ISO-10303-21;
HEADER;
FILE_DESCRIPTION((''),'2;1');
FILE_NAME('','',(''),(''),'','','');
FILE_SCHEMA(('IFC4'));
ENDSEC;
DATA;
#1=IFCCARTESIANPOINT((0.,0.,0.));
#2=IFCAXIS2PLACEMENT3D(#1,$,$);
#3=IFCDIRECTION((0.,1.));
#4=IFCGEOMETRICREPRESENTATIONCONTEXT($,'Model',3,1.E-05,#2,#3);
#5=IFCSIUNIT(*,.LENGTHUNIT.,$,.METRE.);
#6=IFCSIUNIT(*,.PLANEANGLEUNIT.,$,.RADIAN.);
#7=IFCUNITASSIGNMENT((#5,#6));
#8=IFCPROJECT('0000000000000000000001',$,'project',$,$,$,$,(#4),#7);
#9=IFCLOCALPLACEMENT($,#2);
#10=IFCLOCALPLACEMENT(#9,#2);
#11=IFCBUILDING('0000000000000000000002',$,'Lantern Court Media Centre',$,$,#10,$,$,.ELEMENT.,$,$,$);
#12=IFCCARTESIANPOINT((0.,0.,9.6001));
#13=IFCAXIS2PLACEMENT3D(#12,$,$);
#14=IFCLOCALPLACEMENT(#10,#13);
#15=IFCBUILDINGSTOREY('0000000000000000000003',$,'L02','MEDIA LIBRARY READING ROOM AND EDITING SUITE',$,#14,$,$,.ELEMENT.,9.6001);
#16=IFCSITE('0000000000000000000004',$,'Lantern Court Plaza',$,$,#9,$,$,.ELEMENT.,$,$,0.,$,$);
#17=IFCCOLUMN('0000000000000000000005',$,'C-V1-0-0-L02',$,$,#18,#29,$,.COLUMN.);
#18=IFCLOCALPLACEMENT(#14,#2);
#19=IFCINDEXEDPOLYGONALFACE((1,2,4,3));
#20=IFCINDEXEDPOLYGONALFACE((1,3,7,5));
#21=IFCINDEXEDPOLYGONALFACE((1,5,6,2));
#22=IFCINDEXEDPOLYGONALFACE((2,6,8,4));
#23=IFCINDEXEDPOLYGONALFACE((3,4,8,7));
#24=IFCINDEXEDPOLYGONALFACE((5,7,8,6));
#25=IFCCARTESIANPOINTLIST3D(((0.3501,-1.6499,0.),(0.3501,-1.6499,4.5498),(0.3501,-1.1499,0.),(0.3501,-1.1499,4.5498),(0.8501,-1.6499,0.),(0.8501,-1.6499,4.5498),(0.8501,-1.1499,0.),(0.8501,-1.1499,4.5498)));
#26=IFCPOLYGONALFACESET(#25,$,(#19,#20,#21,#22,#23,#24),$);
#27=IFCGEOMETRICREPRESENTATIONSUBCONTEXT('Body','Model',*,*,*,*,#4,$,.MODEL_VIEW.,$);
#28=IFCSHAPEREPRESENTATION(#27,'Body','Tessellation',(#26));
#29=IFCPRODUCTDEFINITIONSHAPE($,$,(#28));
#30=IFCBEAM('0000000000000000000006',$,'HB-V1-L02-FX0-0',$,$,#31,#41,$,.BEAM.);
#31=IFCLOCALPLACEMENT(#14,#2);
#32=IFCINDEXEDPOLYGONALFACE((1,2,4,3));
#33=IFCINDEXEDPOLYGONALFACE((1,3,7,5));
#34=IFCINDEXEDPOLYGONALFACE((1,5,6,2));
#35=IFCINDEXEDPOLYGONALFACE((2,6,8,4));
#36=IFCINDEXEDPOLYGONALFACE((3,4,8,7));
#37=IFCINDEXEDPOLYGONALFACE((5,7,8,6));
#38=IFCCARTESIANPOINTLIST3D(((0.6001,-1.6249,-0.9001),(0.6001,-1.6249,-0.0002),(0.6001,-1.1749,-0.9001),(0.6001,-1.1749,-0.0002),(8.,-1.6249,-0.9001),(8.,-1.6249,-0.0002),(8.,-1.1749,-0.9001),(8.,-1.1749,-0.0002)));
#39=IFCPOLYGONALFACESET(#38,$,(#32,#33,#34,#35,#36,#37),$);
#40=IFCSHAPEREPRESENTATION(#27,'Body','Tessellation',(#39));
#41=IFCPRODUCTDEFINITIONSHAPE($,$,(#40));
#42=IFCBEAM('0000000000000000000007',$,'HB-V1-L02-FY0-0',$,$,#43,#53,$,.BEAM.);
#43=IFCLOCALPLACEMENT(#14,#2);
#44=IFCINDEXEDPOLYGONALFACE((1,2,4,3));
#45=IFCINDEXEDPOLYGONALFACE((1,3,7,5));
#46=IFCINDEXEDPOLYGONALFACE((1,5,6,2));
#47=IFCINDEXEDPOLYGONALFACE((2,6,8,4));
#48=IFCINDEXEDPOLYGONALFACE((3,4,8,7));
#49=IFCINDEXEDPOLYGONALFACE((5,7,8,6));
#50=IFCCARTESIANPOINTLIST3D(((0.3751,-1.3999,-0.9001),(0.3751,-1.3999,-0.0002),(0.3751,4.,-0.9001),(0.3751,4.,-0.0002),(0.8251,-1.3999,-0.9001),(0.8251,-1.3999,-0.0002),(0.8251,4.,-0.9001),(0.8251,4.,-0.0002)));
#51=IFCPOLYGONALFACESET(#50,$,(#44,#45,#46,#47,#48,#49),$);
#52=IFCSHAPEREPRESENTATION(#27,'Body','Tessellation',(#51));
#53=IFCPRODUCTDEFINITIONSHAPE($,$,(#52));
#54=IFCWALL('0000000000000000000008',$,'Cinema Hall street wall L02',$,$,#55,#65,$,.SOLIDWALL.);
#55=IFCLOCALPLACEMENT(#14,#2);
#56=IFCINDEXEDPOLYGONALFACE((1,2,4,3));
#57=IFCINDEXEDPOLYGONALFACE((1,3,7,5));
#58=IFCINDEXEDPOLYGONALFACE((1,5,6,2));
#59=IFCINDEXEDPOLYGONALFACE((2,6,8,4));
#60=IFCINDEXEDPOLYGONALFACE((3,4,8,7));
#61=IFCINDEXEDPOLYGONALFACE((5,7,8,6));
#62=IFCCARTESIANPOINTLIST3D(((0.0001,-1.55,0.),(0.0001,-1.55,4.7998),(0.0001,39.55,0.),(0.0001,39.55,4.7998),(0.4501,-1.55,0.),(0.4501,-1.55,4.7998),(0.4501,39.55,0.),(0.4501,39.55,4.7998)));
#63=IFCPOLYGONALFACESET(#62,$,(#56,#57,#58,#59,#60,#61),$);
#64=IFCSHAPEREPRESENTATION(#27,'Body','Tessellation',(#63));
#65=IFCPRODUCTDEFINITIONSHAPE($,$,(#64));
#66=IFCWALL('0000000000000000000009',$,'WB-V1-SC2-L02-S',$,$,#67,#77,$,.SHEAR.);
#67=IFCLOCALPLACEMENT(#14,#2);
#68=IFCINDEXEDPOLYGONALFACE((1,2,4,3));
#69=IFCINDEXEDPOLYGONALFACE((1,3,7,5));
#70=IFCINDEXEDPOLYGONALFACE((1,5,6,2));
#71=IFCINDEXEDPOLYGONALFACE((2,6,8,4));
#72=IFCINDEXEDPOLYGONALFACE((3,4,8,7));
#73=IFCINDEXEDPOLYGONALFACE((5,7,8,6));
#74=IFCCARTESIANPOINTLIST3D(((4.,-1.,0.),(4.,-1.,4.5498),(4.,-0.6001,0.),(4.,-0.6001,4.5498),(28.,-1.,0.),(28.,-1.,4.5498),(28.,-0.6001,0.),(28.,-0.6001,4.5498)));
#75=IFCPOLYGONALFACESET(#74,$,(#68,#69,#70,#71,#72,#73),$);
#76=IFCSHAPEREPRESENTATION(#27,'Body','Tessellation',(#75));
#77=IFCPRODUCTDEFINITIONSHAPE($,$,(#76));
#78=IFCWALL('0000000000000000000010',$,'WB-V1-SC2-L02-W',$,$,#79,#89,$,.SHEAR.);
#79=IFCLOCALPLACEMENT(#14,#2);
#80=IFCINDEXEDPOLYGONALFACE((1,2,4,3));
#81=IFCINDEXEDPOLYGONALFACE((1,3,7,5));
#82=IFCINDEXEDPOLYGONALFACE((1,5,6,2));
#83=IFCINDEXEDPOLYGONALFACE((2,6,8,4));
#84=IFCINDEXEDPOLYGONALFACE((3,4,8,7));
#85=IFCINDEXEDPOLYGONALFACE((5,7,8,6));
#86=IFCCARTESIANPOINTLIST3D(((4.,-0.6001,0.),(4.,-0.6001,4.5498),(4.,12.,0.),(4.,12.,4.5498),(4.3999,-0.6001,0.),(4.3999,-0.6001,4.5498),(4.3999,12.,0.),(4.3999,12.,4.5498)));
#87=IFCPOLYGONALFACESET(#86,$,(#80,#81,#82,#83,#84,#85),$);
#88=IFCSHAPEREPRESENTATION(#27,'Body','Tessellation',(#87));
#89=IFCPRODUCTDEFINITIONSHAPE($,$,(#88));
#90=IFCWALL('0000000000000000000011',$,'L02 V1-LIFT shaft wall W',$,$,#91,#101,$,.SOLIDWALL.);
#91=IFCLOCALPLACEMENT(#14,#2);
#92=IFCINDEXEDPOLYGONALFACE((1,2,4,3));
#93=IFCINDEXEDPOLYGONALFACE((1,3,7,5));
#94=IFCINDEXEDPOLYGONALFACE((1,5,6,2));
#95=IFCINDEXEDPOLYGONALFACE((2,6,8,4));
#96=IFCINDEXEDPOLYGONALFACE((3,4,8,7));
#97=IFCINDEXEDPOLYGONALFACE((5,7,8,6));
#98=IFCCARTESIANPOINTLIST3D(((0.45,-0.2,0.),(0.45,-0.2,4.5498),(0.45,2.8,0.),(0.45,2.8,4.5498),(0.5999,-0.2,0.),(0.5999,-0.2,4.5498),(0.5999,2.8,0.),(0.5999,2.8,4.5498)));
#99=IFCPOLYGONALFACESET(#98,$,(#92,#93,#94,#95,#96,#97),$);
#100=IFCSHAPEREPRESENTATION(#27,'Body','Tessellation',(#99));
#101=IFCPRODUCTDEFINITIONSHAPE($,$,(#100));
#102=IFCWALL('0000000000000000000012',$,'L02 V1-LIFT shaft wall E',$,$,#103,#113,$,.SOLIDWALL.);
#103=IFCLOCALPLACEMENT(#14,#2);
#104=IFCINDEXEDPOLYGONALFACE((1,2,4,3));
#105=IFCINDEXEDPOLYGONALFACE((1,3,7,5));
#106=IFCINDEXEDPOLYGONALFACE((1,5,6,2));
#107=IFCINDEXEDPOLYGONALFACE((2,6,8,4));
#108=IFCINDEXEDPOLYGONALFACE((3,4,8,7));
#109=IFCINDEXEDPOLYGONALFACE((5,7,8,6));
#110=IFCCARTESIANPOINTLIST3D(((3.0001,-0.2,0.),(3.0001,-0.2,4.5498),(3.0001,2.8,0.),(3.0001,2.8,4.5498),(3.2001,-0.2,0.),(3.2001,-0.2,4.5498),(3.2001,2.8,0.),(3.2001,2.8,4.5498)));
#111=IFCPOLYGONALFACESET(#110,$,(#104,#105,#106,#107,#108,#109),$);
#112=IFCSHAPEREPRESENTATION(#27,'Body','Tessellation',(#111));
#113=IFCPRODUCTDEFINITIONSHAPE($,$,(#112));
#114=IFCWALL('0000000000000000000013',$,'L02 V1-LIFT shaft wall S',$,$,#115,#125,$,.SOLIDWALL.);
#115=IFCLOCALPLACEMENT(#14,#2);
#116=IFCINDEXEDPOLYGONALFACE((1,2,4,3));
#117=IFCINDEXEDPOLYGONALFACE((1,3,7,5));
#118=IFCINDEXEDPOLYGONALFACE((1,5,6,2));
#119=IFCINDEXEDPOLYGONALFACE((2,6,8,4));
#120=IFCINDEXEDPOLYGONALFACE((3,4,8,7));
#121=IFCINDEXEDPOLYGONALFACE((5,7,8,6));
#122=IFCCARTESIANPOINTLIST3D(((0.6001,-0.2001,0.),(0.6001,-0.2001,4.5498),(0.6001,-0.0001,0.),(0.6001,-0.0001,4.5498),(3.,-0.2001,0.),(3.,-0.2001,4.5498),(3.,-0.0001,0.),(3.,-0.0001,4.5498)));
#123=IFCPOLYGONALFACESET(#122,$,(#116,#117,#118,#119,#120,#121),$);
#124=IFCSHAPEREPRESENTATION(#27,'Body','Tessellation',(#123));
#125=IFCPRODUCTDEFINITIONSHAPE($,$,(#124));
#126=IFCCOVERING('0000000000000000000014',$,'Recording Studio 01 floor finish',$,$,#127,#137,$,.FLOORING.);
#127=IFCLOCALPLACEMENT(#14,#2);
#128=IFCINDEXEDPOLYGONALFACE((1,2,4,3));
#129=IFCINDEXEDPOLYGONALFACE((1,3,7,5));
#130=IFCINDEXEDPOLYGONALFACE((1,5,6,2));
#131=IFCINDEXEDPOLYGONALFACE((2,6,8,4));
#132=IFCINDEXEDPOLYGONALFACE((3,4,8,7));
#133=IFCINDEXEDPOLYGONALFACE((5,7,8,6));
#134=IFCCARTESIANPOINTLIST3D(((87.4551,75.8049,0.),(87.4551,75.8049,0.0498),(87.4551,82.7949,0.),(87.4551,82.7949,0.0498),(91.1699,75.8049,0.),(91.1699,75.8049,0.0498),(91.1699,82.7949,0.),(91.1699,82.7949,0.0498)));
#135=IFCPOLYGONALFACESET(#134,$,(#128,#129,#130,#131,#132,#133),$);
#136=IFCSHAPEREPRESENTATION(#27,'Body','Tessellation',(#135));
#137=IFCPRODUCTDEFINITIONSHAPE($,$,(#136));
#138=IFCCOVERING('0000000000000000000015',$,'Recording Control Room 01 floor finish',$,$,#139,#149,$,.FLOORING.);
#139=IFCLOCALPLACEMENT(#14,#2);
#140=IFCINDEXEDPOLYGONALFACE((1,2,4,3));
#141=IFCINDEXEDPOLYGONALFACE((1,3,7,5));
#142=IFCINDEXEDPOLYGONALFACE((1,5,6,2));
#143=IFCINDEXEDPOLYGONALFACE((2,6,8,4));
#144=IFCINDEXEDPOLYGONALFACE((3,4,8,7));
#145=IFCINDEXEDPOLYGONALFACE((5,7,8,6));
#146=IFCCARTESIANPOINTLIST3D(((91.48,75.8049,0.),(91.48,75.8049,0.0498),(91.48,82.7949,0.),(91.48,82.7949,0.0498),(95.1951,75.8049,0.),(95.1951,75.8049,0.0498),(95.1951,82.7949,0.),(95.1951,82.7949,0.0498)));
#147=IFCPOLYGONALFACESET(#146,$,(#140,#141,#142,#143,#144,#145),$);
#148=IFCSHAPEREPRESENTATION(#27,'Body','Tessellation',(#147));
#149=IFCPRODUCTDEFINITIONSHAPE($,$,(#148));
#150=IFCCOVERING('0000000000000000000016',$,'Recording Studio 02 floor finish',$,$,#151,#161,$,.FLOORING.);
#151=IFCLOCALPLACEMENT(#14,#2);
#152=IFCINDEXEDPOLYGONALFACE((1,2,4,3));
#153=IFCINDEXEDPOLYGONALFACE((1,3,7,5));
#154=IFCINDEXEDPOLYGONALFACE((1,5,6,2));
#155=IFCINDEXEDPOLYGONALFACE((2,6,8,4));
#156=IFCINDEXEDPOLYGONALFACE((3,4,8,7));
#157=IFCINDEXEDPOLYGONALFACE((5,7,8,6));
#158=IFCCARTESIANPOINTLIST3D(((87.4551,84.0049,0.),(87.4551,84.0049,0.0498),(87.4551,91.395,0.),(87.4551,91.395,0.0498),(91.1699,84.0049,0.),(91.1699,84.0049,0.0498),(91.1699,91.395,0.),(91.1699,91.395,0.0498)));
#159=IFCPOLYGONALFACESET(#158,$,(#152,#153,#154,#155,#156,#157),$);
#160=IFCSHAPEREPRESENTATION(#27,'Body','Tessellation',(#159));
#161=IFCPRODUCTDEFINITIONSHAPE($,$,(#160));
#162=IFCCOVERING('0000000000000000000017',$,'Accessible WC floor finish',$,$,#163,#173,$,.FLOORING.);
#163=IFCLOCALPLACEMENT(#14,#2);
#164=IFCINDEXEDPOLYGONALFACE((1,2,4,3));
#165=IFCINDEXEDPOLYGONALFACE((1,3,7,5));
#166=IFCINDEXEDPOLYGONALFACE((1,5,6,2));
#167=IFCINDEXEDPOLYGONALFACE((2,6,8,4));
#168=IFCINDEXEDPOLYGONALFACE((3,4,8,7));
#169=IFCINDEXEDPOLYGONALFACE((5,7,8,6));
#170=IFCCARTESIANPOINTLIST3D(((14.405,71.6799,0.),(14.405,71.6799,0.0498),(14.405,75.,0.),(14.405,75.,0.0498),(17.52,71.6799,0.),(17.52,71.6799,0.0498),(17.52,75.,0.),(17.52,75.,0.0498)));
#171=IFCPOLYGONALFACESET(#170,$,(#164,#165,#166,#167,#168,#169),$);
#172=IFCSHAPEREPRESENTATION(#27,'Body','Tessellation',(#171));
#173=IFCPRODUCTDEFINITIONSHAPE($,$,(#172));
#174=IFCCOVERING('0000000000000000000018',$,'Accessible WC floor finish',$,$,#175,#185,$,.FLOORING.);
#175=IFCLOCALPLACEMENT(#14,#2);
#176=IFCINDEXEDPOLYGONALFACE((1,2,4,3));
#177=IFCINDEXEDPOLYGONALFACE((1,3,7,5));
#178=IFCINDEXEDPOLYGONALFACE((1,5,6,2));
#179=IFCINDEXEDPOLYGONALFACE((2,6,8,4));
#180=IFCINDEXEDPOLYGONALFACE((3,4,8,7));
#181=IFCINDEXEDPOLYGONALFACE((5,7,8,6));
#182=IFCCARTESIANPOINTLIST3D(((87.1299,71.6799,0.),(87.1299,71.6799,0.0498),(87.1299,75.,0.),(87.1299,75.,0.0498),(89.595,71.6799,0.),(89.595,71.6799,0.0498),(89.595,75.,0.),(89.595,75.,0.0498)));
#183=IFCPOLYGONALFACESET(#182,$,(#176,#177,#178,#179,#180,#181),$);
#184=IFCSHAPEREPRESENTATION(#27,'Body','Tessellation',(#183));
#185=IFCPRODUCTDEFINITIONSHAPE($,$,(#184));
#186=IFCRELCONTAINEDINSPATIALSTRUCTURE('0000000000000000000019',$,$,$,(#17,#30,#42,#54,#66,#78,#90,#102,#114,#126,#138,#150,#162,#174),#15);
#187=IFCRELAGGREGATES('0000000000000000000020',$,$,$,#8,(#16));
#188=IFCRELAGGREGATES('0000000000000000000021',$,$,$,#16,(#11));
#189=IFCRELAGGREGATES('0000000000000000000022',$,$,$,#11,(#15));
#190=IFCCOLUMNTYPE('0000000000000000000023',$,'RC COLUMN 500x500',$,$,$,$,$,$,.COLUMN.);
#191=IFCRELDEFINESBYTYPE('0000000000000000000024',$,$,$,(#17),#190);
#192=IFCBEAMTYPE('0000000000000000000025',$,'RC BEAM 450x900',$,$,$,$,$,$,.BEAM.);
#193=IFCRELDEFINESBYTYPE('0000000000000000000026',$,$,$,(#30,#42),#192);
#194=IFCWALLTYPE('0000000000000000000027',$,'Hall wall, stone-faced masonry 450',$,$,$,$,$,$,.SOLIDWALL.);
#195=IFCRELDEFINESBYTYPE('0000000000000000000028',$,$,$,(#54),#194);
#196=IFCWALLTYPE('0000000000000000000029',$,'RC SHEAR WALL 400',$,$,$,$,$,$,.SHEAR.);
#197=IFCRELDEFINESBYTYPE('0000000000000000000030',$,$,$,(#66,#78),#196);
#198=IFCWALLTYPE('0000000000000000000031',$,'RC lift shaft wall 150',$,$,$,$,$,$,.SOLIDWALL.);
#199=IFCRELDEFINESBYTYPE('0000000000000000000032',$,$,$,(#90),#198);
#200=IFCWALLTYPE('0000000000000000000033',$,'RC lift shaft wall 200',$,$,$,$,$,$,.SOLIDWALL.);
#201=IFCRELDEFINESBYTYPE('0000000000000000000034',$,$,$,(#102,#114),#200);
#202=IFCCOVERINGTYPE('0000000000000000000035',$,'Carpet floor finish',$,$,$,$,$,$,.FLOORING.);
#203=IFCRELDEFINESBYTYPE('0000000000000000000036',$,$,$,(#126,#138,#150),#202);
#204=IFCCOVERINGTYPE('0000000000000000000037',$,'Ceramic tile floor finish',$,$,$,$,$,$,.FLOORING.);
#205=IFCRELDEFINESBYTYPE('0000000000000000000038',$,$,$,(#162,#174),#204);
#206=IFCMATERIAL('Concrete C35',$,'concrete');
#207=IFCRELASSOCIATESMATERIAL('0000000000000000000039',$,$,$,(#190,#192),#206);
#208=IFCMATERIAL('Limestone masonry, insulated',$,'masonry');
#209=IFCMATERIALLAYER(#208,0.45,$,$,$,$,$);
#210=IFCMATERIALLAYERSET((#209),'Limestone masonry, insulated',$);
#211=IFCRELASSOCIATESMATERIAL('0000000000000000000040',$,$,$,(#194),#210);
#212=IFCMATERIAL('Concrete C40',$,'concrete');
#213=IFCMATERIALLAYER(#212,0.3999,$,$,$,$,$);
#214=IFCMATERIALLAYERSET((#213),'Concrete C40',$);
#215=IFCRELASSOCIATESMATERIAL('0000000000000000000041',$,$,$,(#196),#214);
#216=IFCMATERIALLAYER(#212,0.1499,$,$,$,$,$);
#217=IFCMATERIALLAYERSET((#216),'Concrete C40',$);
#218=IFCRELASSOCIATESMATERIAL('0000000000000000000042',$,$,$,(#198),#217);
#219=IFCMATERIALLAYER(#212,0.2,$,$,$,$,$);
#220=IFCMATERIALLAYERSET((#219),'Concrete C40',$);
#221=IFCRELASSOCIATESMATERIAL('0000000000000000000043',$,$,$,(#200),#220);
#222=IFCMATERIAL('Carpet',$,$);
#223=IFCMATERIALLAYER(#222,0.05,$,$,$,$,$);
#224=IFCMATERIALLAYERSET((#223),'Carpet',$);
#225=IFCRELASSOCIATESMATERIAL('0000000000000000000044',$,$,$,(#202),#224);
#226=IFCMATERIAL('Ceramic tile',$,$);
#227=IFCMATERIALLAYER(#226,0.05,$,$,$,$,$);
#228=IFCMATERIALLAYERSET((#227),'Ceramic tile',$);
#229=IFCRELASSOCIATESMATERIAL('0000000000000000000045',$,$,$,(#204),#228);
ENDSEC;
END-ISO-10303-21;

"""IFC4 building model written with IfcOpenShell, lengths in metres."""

from ifc_helpers import new_model, si_unit, direction, frame, frame_2d, origin, origin_2d, place, context, subcontext, project, spatial, polyline, rectangle, outline, extrude, material, layer, layer_set, material_profile, profile_set, type_object, element, save


model = new_model("IFC4")

# Units and contexts
model_context = context("Model", 3, precision=1e-05, world=origin(), true_north=direction((0.0, 1.0)))
body_context = subcontext(model_context, "Body", "Model", "MODEL_VIEW")
ifc_project = project(units=[si_unit("LENGTHUNIT", "METRE"), si_unit("PLANEANGLEUNIT", "RADIAN")], contexts=[model_context])

# Site, building, storey
site_placement = place(None, origin())
site = spatial("IfcSite", under=ifc_project, at=site_placement, Name="Lantern Court Plaza", CompositionType="ELEMENT", RefElevation=0.0)
building_placement = place(site_placement, origin())
building = spatial("IfcBuilding", under=site, at=building_placement, Name="Lantern Court Media Centre", CompositionType="ELEMENT")
storey_placement = place(building_placement, frame((0.0, 0.0, 9.6001)))
storey = spatial("IfcBuildingStorey", under=building, at=storey_placement, Name="L02", Description="MEDIA LIBRARY READING ROOM AND EDITING SUITE", CompositionType="ELEMENT", Elevation=9.6001)

# Column
ifc_material_1 = material(Name="Concrete C35", Category="concrete")
ifc_material_profile_1 = material_profile(ifc_material_1, rectangle(XDim=0.5, YDim=0.5, at=origin_2d()), Name="RC 500x500")
ifc_profile_set_1 = profile_set([ifc_material_profile_1], Name="Concrete C35")
column_type = type_object("IfcColumnType", Name="RC COLUMN 500x500", PredefinedType="COLUMN", material=ifc_profile_set_1)
column_placement = place(storey_placement, frame((0.6001, -1.3999, 0.0), z_axis=(0.0, 0.0, 1.0), x_axis=(1.0, 0.0, 0.0)))
element("IfcColumn", 1, at=column_placement, inside=storey, type_object=column_type, Name="C-V1-0-0-L02", PredefinedType="COLUMN", context=body_context, shape_type="SweptSolid", body=[
    extrude(rectangle(XDim=0.5, YDim=0.5, at=origin_2d()), origin(), (0.0, 0.0, 1.0), 4.5498),
])

# Beams
ifc_material_profile_2 = material_profile(ifc_material_1, rectangle(XDim=0.45, YDim=0.8999, at=origin_2d()), Name="RC 450x900")
ifc_profile_set_2 = profile_set([ifc_material_profile_2], Name="Concrete C35")
beam_type = type_object("IfcBeamType", Name="RC BEAM 450x900", PredefinedType="BEAM", material=ifc_profile_set_2)
beam_1_placement = place(storey_placement, frame((0.6001, -1.3999, -0.4502), z_axis=(1.0, 0.0, 0.0), x_axis=(0.0, 1.0, 0.0)))
element("IfcBeam", 2, at=beam_1_placement, inside=storey, type_object=beam_type, Name="HB-V1-L02-FX0-0", PredefinedType="BEAM", context=body_context, shape_type="SweptSolid", body=[
    extrude(rectangle(XDim=0.45, YDim=0.8999, at=origin_2d()), origin(), (0.0, 0.0, 1.0), 7.3999),
])
beam_2_placement = place(storey_placement, frame((0.6001, -1.3999, -0.4502), z_axis=(0.0, 1.0, 0.0), x_axis=(-1.0, 0.0, 0.0)))
element("IfcBeam", 3, at=beam_2_placement, inside=storey, type_object=beam_type, Name="HB-V1-L02-FY0-0", PredefinedType="BEAM", context=body_context, shape_type="SweptSolid", body=[
    extrude(rectangle(XDim=0.45, YDim=0.8999, at=origin_2d()), origin(), (0.0, 0.0, 1.0), 5.3999),
])

# Walls
ifc_material_2 = material(Name="Limestone masonry, insulated", Category="masonry")
ifc_layer_1 = layer(ifc_material_2, 0.45)
ifc_layer_set_1 = layer_set([ifc_layer_1], Name="Limestone masonry, insulated")
wall_type_1 = type_object("IfcWallType", Name="Hall wall, stone-faced masonry 450", PredefinedType="SOLIDWALL", material=ifc_layer_set_1)
wall_1_placement = place(storey_placement, frame((0.2251, -1.55, 0.0), z_axis=(0.0, 0.0, 1.0), x_axis=(0.0, 1.0, 0.0)))
element("IfcWall", 4, at=wall_1_placement, inside=storey, type_object=wall_type_1, Name="Cinema Hall street wall L02", PredefinedType="SOLIDWALL", context=body_context, shape_type="SweptSolid", body=[
    extrude(rectangle(XDim=41.1001, YDim=0.45, at=frame_2d((20.55, 0.0))), origin(), (0.0, 0.0, 1.0), 4.7998),
])
ifc_material_3 = material(Name="Concrete C40", Category="concrete")
ifc_layer_2 = layer(ifc_material_3, 0.3999)
ifc_layer_set_2 = layer_set([ifc_layer_2], Name="Concrete C40")
wall_type_2 = type_object("IfcWallType", Name="RC SHEAR WALL 400", PredefinedType="SHEAR", material=ifc_layer_set_2)
wall_2_placement = place(storey_placement, frame((4.0, -0.8, 0.0), z_axis=(0.0, 0.0, 1.0), x_axis=(1.0, 0.0, 0.0)))
element("IfcWall", 5, at=wall_2_placement, inside=storey, type_object=wall_type_2, Name="WB-V1-SC2-L02-S", PredefinedType="SHEAR", context=body_context, shape_type="SweptSolid", body=[
    extrude(rectangle(XDim=24.0, YDim=0.3999, at=frame_2d((12.0, 0.0))), origin(), (0.0, 0.0, 1.0), 4.5498),
])
wall_3_placement = place(storey_placement, frame((4.2, -0.6001, 0.0), z_axis=(0.0, 0.0, 1.0), x_axis=(0.0, 1.0, 0.0)))
element("IfcWall", 6, at=wall_3_placement, inside=storey, type_object=wall_type_2, Name="WB-V1-SC2-L02-W", PredefinedType="SHEAR", context=body_context, shape_type="SweptSolid", body=[
    extrude(rectangle(XDim=12.6001, YDim=0.3999, at=frame_2d((6.3, 0.0))), origin(), (0.0, 0.0, 1.0), 4.5498),
])
ifc_layer_3 = layer(ifc_material_3, 0.1499)
ifc_layer_set_3 = layer_set([ifc_layer_3], Name="Concrete C40")
wall_type_3 = type_object("IfcWallType", Name="RC lift shaft wall 150", PredefinedType="SOLIDWALL", material=ifc_layer_set_3)
wall_4_placement = place(storey_placement, frame((0.5249, -0.2, 0.0), z_axis=(0.0, 0.0, 1.0), x_axis=(0.0, 1.0, 0.0)))
element("IfcWall", 7, at=wall_4_placement, inside=storey, type_object=wall_type_3, Name="L02 V1-LIFT shaft wall W", PredefinedType="SOLIDWALL", context=body_context, shape_type="SweptSolid", body=[
    extrude(rectangle(XDim=3.0, YDim=0.1499, at=frame_2d((1.5, 0.0))), origin(), (0.0, 0.0, 1.0), 4.5498),
])
ifc_layer_4 = layer(ifc_material_3, 0.2)
ifc_layer_set_4 = layer_set([ifc_layer_4], Name="Concrete C40")
wall_type_4 = type_object("IfcWallType", Name="RC lift shaft wall 200", PredefinedType="SOLIDWALL", material=ifc_layer_set_4)
wall_5_placement = place(storey_placement, frame((3.1001, -0.2, 0.0), z_axis=(0.0, 0.0, 1.0), x_axis=(0.0, 1.0, 0.0)))
element("IfcWall", 8, at=wall_5_placement, inside=storey, type_object=wall_type_4, Name="L02 V1-LIFT shaft wall E", PredefinedType="SOLIDWALL", context=body_context, shape_type="SweptSolid", body=[
    extrude(rectangle(XDim=3.0, YDim=0.2, at=frame_2d((1.5, 0.0))), origin(), (0.0, 0.0, 1.0), 4.5498),
])
wall_6_placement = place(storey_placement, frame((0.6001, -0.1001, 0.0), z_axis=(0.0, 0.0, 1.0), x_axis=(1.0, 0.0, 0.0)))
element("IfcWall", 9, at=wall_6_placement, inside=storey, type_object=wall_type_4, Name="L02 V1-LIFT shaft wall S", PredefinedType="SOLIDWALL", context=body_context, shape_type="SweptSolid", body=[
    extrude(rectangle(XDim=2.3999, YDim=0.2, at=frame_2d((1.2, 0.0))), origin(), (0.0, 0.0, 1.0), 4.5498),
])

# Coverings
ifc_material_4 = material(Name="Carpet")
ifc_layer_5 = layer(ifc_material_4, 0.05)
ifc_layer_set_5 = layer_set([ifc_layer_5], Name="Carpet")
covering_type_1 = type_object("IfcCoveringType", Name="Carpet floor finish", PredefinedType="FLOORING", material=ifc_layer_set_5)
covering_1_placement = place(storey_placement, origin())
element("IfcCovering", 10, at=covering_1_placement, inside=storey, type_object=covering_type_1, Name="Recording Studio 01 floor finish", PredefinedType="FLOORING", context=body_context, shape_type="SweptSolid", body=[
    extrude(outline(polyline([(87.4551, 75.8049), (87.4551, 82.7949), (91.1699, 82.7949), (91.1699, 75.8049), (87.4551, 75.8049)])), origin(), (0.0, 0.0, 1.0), 0.0498),
])
covering_2_placement = place(storey_placement, origin())
element("IfcCovering", 11, at=covering_2_placement, inside=storey, type_object=covering_type_1, Name="Recording Control Room 01 floor finish", PredefinedType="FLOORING", context=body_context, shape_type="SweptSolid", body=[
    extrude(outline(polyline([(91.48, 75.8049), (91.48, 82.7949), (95.1951, 82.7949), (95.1951, 75.8049), (91.48, 75.8049)])), origin(), (0.0, 0.0, 1.0), 0.0498),
])
covering_3_placement = place(storey_placement, origin())
element("IfcCovering", 12, at=covering_3_placement, inside=storey, type_object=covering_type_1, Name="Recording Studio 02 floor finish", PredefinedType="FLOORING", context=body_context, shape_type="SweptSolid", body=[
    extrude(outline(polyline([(87.4551, 84.0049), (87.4551, 91.395), (91.1699, 91.395), (91.1699, 84.0049), (87.4551, 84.0049)])), origin(), (0.0, 0.0, 1.0), 0.0498),
])
ifc_material_5 = material(Name="Ceramic tile")
ifc_layer_6 = layer(ifc_material_5, 0.05)
ifc_layer_set_6 = layer_set([ifc_layer_6], Name="Ceramic tile")
covering_type_2 = type_object("IfcCoveringType", Name="Ceramic tile floor finish", PredefinedType="FLOORING", material=ifc_layer_set_6)
covering_4_placement = place(storey_placement, origin())
element("IfcCovering", 13, at=covering_4_placement, inside=storey, type_object=covering_type_2, Name="Accessible WC floor finish", PredefinedType="FLOORING", context=body_context, shape_type="SweptSolid", body=[
    extrude(outline(polyline([(17.52, 75.0), (17.52, 71.6799), (14.405, 71.6799), (14.405, 75.0), (17.52, 75.0)])), origin(), (0.0, 0.0, 1.0), 0.0498),
])
covering_5_placement = place(storey_placement, origin())
element("IfcCovering", 14, at=covering_5_placement, inside=storey, type_object=covering_type_2, Name="Accessible WC floor finish", PredefinedType="FLOORING", context=body_context, shape_type="SweptSolid", body=[
    extrude(outline(polyline([(89.595, 75.0), (89.595, 71.6799), (87.1299, 71.6799), (87.1299, 75.0), (89.595, 75.0)])), origin(), (0.0, 0.0, 1.0), 0.0498),
])

save(model, "model.ifc")
